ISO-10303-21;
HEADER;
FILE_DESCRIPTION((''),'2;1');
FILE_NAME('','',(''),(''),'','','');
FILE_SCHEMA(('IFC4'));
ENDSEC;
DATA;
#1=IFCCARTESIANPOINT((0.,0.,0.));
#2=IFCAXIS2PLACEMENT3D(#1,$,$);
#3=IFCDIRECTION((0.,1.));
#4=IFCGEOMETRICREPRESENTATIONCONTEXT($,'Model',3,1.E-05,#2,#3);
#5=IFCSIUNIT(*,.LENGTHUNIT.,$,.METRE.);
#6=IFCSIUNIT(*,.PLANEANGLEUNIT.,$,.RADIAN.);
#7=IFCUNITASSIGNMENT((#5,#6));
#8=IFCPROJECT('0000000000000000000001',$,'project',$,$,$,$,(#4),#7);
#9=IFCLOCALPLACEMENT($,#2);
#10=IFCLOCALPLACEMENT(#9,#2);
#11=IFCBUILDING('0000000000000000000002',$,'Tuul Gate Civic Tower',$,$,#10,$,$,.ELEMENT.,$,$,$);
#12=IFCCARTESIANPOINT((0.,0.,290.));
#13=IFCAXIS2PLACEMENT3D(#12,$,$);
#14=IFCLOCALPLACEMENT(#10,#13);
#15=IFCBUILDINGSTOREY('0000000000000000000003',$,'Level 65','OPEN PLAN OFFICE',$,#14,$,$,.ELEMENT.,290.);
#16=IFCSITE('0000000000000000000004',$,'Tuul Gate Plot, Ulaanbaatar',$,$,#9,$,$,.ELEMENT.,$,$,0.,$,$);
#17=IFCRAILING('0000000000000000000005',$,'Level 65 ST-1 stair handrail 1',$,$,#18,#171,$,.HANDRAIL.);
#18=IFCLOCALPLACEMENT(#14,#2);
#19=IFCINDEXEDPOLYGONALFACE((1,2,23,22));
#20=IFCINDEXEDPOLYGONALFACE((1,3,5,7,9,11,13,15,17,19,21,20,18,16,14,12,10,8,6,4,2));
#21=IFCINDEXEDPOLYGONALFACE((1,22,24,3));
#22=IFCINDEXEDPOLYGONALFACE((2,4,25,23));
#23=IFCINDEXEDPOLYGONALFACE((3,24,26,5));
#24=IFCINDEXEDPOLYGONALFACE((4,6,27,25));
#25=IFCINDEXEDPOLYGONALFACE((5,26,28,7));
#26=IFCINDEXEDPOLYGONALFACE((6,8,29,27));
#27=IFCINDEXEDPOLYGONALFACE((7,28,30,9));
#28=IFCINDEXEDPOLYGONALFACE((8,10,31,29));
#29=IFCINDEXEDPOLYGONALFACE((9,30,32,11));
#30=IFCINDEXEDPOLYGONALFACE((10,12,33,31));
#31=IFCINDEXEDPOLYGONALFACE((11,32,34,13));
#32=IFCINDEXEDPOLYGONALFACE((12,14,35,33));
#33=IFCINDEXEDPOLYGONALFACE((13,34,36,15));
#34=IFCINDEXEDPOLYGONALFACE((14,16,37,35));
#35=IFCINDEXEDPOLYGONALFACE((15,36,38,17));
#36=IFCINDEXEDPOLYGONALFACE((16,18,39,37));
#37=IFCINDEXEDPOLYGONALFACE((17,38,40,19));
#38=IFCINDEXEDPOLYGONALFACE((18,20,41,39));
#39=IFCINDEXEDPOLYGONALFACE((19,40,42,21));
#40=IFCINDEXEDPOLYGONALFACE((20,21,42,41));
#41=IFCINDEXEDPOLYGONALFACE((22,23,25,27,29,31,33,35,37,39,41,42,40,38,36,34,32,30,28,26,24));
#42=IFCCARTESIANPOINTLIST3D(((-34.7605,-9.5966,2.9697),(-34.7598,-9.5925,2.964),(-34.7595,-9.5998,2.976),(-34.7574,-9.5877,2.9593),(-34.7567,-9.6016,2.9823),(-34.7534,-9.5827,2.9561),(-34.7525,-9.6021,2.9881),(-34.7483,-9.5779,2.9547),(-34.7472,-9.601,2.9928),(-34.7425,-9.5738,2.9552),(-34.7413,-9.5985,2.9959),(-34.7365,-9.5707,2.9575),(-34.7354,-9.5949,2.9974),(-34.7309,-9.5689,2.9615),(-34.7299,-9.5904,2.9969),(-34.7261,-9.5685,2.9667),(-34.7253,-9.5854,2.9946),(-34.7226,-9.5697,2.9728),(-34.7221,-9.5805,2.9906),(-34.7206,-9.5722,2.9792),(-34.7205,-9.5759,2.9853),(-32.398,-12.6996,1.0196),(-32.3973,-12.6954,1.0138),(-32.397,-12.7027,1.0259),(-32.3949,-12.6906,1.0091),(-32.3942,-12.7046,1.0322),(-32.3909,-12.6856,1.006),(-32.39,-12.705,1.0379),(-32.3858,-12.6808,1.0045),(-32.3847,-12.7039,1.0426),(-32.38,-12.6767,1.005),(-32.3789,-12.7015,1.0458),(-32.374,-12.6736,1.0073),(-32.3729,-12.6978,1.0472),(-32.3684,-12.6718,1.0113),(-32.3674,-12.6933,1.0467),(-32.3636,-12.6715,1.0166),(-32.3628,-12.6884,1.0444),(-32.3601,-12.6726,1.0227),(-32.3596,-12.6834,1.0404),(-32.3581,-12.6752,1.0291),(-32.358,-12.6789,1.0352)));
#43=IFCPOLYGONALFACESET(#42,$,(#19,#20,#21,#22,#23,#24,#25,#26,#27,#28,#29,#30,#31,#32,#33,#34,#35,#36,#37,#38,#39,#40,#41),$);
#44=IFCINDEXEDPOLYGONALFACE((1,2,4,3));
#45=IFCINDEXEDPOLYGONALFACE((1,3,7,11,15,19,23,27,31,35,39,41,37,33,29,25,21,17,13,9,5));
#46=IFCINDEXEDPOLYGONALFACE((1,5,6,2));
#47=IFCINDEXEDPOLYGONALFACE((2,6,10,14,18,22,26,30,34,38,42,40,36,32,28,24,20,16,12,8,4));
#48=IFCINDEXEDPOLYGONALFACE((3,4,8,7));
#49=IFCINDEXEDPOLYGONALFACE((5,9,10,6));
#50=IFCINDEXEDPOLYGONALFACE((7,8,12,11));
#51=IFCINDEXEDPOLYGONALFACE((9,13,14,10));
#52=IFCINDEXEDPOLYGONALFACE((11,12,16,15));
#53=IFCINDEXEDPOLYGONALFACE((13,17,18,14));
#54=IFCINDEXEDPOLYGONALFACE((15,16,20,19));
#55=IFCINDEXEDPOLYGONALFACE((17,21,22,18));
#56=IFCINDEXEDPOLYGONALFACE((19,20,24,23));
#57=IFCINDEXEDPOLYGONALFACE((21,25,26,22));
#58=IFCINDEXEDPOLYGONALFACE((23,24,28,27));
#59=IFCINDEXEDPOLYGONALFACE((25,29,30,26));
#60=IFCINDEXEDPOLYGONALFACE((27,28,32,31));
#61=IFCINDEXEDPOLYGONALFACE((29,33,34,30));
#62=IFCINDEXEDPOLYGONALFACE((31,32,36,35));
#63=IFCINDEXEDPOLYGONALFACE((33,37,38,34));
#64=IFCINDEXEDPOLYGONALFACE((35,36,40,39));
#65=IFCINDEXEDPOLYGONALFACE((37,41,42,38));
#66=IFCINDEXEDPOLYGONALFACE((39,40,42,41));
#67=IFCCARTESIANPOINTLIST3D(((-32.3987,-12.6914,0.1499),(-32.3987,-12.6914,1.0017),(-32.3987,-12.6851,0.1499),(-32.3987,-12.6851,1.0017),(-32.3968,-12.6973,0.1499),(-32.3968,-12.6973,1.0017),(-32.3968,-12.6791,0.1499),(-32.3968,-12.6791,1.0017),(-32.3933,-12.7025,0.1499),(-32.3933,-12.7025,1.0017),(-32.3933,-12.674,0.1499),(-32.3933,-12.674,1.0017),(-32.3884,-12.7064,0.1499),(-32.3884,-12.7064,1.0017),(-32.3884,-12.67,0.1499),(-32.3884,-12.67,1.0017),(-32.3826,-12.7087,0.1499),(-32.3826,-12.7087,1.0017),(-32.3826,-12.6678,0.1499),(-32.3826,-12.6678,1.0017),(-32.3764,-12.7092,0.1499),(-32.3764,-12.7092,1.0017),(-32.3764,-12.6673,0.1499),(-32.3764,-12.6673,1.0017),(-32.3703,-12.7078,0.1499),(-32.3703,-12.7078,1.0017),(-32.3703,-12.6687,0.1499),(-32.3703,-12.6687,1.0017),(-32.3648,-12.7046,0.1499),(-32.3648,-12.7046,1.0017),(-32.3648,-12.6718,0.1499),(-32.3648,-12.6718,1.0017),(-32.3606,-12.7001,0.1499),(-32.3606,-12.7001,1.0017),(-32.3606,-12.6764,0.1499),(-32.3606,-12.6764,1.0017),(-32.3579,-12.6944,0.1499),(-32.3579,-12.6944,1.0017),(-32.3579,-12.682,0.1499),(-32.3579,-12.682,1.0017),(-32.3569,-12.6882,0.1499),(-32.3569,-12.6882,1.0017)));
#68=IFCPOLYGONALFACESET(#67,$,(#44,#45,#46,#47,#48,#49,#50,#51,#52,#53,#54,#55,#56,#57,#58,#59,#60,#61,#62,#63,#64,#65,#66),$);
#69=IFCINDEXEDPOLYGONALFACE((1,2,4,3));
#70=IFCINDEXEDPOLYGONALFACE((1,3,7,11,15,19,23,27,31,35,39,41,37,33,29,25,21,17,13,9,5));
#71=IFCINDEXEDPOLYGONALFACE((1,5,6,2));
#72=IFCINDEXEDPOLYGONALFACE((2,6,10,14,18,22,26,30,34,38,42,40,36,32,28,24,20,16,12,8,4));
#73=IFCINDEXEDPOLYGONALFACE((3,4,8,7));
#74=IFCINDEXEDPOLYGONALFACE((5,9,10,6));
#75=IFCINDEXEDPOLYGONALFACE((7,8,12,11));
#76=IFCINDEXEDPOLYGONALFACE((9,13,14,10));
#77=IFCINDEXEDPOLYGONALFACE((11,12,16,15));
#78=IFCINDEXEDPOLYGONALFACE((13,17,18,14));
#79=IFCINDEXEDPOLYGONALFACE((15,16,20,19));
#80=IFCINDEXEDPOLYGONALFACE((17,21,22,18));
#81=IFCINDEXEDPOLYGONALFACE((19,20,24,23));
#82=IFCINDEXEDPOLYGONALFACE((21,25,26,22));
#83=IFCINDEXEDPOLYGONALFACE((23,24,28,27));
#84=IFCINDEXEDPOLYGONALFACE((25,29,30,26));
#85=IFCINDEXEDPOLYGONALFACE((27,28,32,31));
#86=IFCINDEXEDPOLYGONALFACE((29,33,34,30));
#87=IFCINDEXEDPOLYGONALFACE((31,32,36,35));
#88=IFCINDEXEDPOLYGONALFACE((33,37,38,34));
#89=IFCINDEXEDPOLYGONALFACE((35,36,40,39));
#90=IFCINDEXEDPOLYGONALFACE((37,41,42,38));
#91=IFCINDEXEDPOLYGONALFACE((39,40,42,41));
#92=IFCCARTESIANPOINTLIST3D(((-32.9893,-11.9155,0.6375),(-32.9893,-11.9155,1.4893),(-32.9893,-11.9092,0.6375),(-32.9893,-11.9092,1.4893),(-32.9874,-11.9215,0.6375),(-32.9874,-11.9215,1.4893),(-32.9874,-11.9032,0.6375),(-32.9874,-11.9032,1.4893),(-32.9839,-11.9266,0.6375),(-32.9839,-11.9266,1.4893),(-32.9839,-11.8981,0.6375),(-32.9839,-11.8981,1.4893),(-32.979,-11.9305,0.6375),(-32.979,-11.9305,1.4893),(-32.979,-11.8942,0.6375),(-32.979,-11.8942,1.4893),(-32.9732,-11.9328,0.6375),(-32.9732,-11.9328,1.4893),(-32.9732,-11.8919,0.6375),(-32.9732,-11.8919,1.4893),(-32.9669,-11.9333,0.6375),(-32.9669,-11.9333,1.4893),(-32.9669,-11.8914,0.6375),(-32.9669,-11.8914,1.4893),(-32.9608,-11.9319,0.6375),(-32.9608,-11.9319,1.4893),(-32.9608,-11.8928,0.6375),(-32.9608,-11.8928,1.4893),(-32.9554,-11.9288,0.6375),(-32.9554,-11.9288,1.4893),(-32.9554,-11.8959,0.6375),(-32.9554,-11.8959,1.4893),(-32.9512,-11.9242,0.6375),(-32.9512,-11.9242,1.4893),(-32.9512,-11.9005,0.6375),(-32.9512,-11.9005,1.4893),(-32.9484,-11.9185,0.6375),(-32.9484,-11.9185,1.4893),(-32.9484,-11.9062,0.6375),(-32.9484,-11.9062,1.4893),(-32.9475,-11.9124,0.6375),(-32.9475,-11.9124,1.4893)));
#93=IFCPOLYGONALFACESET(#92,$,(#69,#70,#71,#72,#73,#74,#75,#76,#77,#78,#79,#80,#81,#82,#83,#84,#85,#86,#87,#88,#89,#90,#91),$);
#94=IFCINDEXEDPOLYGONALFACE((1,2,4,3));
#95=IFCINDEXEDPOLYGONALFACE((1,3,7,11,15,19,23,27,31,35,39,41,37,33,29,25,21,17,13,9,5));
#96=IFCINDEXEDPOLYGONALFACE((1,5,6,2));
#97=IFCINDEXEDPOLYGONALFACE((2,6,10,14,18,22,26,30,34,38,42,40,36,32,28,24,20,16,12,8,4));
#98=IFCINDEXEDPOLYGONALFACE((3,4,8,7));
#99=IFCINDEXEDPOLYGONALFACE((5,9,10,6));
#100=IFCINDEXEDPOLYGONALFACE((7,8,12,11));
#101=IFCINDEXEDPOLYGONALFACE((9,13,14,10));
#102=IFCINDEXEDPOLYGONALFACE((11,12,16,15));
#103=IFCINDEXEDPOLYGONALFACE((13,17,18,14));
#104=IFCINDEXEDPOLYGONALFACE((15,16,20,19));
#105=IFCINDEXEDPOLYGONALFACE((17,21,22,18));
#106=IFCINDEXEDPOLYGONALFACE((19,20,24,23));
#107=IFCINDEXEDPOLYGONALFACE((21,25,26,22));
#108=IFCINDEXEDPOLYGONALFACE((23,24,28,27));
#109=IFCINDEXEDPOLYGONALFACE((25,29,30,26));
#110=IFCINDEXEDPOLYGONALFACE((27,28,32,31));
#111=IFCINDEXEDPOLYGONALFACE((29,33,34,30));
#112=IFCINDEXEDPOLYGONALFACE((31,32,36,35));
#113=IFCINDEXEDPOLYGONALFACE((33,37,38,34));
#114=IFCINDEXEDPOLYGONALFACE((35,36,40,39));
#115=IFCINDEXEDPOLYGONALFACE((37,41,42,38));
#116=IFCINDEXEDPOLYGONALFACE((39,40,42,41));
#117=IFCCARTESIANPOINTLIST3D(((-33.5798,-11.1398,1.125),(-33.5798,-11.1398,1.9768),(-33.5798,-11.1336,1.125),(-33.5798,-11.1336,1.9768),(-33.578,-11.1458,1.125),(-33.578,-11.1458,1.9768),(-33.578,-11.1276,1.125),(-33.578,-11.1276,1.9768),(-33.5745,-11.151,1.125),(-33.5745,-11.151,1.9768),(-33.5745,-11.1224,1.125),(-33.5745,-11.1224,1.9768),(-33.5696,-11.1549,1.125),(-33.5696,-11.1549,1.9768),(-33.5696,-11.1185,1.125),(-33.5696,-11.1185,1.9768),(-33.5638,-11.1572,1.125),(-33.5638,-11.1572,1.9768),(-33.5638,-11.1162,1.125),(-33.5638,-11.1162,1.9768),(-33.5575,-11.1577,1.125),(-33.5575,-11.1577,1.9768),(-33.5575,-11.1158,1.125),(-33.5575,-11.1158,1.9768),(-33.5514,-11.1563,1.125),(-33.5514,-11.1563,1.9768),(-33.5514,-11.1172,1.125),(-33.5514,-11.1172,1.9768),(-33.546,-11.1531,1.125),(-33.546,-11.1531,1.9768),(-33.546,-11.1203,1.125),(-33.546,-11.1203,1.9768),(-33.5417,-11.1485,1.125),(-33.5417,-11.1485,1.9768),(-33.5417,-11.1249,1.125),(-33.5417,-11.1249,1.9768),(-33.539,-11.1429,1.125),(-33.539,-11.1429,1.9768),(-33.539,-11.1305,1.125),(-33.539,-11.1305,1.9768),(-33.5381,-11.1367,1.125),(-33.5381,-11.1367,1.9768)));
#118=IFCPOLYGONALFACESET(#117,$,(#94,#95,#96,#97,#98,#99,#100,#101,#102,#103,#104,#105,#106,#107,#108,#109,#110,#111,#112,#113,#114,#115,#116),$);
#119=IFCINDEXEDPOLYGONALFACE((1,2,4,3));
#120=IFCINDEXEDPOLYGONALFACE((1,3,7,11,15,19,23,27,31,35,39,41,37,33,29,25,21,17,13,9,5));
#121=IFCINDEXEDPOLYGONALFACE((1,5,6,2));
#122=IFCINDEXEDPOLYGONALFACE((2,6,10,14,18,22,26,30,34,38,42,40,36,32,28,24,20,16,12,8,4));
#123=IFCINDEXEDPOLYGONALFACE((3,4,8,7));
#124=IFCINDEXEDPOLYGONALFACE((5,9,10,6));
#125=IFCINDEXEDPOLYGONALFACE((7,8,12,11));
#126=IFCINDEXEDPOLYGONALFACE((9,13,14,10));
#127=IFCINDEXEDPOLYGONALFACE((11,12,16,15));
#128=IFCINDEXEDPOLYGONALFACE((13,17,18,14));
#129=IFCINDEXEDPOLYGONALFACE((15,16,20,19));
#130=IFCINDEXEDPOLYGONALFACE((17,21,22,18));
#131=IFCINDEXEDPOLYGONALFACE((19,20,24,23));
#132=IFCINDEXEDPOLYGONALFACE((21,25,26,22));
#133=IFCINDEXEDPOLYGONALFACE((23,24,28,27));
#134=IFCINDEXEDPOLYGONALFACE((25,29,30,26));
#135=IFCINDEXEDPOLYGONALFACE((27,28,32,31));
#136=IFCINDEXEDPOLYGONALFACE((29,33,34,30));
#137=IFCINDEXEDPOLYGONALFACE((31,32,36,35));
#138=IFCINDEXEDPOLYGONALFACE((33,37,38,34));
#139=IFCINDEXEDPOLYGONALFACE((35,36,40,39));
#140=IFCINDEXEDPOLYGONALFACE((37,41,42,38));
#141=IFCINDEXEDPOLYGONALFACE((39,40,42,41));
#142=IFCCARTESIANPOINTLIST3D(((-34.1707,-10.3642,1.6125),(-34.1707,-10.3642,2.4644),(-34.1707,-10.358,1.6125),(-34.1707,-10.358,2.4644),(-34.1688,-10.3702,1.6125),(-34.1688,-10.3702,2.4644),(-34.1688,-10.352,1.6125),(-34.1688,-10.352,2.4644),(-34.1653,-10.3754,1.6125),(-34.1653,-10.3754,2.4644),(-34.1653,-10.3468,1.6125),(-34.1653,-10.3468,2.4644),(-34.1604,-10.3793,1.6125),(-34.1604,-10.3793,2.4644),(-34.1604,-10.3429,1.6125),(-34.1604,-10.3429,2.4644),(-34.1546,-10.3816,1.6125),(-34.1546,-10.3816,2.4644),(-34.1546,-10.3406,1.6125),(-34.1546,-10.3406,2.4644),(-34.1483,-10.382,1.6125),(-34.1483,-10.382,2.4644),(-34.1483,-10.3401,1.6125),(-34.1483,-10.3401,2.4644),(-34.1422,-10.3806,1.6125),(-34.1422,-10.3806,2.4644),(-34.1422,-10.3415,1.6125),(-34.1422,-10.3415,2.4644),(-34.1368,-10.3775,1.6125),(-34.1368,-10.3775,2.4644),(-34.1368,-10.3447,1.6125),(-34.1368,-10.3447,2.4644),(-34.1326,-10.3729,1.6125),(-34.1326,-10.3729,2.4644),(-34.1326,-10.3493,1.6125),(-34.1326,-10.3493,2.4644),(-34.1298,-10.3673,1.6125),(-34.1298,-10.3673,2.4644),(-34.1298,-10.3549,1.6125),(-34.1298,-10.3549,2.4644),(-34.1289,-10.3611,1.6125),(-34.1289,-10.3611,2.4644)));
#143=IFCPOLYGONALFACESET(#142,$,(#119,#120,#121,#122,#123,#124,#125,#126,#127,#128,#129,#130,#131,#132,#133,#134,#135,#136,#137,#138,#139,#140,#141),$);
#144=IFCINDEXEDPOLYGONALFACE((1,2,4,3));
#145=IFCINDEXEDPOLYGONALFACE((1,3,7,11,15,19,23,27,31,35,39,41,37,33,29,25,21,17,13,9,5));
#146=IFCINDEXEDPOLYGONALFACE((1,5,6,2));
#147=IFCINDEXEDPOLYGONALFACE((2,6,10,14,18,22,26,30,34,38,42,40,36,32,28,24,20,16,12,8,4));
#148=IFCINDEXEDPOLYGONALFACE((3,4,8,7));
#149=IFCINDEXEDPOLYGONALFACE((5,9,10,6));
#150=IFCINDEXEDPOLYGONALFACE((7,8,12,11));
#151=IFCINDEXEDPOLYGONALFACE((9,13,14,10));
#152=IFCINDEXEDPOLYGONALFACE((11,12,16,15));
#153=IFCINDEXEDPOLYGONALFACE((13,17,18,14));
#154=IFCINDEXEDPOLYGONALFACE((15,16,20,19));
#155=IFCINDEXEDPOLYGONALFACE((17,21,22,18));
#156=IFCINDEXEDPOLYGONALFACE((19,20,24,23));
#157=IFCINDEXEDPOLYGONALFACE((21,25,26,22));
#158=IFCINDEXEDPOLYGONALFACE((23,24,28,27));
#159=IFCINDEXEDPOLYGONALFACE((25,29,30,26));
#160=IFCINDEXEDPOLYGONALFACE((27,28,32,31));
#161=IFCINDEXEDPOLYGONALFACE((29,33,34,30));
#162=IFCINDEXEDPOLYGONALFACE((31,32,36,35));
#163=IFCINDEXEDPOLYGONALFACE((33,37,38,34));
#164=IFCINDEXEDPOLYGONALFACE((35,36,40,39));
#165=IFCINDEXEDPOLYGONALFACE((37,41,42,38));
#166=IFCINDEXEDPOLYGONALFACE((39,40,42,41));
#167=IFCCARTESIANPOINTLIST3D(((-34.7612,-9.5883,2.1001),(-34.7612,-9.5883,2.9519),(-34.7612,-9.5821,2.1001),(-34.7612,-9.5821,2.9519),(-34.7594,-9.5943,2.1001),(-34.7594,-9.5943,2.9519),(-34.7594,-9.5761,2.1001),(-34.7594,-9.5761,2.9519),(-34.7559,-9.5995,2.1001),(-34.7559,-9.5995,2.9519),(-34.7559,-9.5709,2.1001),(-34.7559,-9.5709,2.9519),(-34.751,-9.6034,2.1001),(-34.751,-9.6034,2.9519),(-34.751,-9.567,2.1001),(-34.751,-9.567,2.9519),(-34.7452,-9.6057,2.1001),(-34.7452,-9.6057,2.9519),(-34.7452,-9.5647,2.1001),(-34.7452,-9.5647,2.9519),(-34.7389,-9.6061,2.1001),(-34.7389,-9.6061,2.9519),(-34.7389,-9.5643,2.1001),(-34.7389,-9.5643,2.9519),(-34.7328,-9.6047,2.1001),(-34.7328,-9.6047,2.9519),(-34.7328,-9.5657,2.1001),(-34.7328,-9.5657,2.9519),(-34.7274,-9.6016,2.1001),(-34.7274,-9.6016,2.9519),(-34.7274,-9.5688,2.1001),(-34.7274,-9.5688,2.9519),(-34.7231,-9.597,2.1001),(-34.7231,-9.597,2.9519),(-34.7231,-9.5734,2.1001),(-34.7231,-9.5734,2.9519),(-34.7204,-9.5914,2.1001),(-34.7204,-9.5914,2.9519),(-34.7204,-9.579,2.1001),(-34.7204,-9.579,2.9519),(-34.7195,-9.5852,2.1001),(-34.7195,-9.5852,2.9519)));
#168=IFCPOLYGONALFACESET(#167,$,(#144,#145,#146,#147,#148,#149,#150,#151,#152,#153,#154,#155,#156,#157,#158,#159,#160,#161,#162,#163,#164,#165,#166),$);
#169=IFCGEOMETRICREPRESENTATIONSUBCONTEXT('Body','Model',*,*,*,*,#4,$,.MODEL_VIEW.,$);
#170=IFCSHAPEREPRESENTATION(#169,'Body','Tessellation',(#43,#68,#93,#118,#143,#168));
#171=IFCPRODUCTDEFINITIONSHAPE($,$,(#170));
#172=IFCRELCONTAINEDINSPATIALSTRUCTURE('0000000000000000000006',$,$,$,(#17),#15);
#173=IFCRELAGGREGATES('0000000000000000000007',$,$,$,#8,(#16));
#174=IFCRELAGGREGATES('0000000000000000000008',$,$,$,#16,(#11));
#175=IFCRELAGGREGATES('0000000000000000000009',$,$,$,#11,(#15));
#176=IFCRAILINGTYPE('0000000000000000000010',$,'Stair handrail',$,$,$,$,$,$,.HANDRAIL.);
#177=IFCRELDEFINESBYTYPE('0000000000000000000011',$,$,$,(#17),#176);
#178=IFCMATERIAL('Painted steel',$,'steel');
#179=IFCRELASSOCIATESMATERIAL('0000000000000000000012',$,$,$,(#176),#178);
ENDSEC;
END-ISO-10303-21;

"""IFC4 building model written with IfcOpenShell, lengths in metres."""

from ifc_helpers import new_model, si_unit, direction, frame, origin, origin_2d, place, context, subcontext, project, spatial, circle, extrude, material, type_object, element, save


model = new_model("IFC4")

# Units and contexts
model_context = context("Model", 3, precision=1e-05, world=origin(), true_north=direction((0.0, 1.0)))
body_context = subcontext(model_context, "Body", "Model", "MODEL_VIEW")
ifc_project = project(units=[si_unit("LENGTHUNIT", "METRE"), si_unit("PLANEANGLEUNIT", "RADIAN")], contexts=[model_context])

# Site, building, storey
site_placement = place(None, origin())
site = spatial("IfcSite", under=ifc_project, at=site_placement, Name="Tuul Gate Plot, Ulaanbaatar", CompositionType="ELEMENT", RefElevation=0.0)
building_placement = place(site_placement, origin())
building = spatial("IfcBuilding", under=site, at=building_placement, Name="Tuul Gate Civic Tower", CompositionType="ELEMENT")
storey_placement = place(building_placement, frame((0.0, 0.0, 290.0)))
storey = spatial("IfcBuildingStorey", under=building, at=storey_placement, Name="Level 65", Description="OPEN PLAN OFFICE", CompositionType="ELEMENT", Elevation=290.0)

# Railing
ifc_material_1 = material(Name="Painted steel", Category="steel")
railing_type_1 = type_object("IfcRailingType", Name="Stair handrail", PredefinedType="HANDRAIL", material=ifc_material_1)
railing_1_placement = place(storey_placement, frame((-32.3779, -12.6882, 0.1499)))
element("IfcRailing", 1, at=railing_1_placement, inside=storey, type_object=railing_type_1, Name="Level 65 ST-1 stair handrail 1", PredefinedType="HANDRAIL", context=body_context, shape_type="SweptSolid", body=[
    extrude(circle(Radius=0.0239, at=origin_2d()), frame((0.0, 0.0, 0.876), z_axis=(-0.541811, 0.711627, 0.447245), x_axis=(-0.795637, -0.605773, 0.0)), (0.0, 0.0, 1.0), 4.3604),
    extrude(circle(Radius=0.021, at=origin_2d()), origin(), (0.0, 0.0, 1.0), 0.8518),
    extrude(circle(Radius=0.021, at=origin_2d()), frame((-0.5906, 0.7759, 0.4875)), (0.0, 0.0, 1.0), 0.8518),
    extrude(circle(Radius=0.021, at=origin_2d()), frame((-1.1812, 1.5515, 0.9751)), (0.0, 0.0, 1.0), 0.8518),
    extrude(circle(Radius=0.021, at=origin_2d()), frame((-1.772, 2.3271, 1.4626)), (0.0, 0.0, 1.0), 0.8518),
    extrude(circle(Radius=0.021, at=origin_2d()), frame((-2.3625, 3.103, 1.9502)), (0.0, 0.0, 1.0), 0.8518),
])

save(model, "model.ifc")
